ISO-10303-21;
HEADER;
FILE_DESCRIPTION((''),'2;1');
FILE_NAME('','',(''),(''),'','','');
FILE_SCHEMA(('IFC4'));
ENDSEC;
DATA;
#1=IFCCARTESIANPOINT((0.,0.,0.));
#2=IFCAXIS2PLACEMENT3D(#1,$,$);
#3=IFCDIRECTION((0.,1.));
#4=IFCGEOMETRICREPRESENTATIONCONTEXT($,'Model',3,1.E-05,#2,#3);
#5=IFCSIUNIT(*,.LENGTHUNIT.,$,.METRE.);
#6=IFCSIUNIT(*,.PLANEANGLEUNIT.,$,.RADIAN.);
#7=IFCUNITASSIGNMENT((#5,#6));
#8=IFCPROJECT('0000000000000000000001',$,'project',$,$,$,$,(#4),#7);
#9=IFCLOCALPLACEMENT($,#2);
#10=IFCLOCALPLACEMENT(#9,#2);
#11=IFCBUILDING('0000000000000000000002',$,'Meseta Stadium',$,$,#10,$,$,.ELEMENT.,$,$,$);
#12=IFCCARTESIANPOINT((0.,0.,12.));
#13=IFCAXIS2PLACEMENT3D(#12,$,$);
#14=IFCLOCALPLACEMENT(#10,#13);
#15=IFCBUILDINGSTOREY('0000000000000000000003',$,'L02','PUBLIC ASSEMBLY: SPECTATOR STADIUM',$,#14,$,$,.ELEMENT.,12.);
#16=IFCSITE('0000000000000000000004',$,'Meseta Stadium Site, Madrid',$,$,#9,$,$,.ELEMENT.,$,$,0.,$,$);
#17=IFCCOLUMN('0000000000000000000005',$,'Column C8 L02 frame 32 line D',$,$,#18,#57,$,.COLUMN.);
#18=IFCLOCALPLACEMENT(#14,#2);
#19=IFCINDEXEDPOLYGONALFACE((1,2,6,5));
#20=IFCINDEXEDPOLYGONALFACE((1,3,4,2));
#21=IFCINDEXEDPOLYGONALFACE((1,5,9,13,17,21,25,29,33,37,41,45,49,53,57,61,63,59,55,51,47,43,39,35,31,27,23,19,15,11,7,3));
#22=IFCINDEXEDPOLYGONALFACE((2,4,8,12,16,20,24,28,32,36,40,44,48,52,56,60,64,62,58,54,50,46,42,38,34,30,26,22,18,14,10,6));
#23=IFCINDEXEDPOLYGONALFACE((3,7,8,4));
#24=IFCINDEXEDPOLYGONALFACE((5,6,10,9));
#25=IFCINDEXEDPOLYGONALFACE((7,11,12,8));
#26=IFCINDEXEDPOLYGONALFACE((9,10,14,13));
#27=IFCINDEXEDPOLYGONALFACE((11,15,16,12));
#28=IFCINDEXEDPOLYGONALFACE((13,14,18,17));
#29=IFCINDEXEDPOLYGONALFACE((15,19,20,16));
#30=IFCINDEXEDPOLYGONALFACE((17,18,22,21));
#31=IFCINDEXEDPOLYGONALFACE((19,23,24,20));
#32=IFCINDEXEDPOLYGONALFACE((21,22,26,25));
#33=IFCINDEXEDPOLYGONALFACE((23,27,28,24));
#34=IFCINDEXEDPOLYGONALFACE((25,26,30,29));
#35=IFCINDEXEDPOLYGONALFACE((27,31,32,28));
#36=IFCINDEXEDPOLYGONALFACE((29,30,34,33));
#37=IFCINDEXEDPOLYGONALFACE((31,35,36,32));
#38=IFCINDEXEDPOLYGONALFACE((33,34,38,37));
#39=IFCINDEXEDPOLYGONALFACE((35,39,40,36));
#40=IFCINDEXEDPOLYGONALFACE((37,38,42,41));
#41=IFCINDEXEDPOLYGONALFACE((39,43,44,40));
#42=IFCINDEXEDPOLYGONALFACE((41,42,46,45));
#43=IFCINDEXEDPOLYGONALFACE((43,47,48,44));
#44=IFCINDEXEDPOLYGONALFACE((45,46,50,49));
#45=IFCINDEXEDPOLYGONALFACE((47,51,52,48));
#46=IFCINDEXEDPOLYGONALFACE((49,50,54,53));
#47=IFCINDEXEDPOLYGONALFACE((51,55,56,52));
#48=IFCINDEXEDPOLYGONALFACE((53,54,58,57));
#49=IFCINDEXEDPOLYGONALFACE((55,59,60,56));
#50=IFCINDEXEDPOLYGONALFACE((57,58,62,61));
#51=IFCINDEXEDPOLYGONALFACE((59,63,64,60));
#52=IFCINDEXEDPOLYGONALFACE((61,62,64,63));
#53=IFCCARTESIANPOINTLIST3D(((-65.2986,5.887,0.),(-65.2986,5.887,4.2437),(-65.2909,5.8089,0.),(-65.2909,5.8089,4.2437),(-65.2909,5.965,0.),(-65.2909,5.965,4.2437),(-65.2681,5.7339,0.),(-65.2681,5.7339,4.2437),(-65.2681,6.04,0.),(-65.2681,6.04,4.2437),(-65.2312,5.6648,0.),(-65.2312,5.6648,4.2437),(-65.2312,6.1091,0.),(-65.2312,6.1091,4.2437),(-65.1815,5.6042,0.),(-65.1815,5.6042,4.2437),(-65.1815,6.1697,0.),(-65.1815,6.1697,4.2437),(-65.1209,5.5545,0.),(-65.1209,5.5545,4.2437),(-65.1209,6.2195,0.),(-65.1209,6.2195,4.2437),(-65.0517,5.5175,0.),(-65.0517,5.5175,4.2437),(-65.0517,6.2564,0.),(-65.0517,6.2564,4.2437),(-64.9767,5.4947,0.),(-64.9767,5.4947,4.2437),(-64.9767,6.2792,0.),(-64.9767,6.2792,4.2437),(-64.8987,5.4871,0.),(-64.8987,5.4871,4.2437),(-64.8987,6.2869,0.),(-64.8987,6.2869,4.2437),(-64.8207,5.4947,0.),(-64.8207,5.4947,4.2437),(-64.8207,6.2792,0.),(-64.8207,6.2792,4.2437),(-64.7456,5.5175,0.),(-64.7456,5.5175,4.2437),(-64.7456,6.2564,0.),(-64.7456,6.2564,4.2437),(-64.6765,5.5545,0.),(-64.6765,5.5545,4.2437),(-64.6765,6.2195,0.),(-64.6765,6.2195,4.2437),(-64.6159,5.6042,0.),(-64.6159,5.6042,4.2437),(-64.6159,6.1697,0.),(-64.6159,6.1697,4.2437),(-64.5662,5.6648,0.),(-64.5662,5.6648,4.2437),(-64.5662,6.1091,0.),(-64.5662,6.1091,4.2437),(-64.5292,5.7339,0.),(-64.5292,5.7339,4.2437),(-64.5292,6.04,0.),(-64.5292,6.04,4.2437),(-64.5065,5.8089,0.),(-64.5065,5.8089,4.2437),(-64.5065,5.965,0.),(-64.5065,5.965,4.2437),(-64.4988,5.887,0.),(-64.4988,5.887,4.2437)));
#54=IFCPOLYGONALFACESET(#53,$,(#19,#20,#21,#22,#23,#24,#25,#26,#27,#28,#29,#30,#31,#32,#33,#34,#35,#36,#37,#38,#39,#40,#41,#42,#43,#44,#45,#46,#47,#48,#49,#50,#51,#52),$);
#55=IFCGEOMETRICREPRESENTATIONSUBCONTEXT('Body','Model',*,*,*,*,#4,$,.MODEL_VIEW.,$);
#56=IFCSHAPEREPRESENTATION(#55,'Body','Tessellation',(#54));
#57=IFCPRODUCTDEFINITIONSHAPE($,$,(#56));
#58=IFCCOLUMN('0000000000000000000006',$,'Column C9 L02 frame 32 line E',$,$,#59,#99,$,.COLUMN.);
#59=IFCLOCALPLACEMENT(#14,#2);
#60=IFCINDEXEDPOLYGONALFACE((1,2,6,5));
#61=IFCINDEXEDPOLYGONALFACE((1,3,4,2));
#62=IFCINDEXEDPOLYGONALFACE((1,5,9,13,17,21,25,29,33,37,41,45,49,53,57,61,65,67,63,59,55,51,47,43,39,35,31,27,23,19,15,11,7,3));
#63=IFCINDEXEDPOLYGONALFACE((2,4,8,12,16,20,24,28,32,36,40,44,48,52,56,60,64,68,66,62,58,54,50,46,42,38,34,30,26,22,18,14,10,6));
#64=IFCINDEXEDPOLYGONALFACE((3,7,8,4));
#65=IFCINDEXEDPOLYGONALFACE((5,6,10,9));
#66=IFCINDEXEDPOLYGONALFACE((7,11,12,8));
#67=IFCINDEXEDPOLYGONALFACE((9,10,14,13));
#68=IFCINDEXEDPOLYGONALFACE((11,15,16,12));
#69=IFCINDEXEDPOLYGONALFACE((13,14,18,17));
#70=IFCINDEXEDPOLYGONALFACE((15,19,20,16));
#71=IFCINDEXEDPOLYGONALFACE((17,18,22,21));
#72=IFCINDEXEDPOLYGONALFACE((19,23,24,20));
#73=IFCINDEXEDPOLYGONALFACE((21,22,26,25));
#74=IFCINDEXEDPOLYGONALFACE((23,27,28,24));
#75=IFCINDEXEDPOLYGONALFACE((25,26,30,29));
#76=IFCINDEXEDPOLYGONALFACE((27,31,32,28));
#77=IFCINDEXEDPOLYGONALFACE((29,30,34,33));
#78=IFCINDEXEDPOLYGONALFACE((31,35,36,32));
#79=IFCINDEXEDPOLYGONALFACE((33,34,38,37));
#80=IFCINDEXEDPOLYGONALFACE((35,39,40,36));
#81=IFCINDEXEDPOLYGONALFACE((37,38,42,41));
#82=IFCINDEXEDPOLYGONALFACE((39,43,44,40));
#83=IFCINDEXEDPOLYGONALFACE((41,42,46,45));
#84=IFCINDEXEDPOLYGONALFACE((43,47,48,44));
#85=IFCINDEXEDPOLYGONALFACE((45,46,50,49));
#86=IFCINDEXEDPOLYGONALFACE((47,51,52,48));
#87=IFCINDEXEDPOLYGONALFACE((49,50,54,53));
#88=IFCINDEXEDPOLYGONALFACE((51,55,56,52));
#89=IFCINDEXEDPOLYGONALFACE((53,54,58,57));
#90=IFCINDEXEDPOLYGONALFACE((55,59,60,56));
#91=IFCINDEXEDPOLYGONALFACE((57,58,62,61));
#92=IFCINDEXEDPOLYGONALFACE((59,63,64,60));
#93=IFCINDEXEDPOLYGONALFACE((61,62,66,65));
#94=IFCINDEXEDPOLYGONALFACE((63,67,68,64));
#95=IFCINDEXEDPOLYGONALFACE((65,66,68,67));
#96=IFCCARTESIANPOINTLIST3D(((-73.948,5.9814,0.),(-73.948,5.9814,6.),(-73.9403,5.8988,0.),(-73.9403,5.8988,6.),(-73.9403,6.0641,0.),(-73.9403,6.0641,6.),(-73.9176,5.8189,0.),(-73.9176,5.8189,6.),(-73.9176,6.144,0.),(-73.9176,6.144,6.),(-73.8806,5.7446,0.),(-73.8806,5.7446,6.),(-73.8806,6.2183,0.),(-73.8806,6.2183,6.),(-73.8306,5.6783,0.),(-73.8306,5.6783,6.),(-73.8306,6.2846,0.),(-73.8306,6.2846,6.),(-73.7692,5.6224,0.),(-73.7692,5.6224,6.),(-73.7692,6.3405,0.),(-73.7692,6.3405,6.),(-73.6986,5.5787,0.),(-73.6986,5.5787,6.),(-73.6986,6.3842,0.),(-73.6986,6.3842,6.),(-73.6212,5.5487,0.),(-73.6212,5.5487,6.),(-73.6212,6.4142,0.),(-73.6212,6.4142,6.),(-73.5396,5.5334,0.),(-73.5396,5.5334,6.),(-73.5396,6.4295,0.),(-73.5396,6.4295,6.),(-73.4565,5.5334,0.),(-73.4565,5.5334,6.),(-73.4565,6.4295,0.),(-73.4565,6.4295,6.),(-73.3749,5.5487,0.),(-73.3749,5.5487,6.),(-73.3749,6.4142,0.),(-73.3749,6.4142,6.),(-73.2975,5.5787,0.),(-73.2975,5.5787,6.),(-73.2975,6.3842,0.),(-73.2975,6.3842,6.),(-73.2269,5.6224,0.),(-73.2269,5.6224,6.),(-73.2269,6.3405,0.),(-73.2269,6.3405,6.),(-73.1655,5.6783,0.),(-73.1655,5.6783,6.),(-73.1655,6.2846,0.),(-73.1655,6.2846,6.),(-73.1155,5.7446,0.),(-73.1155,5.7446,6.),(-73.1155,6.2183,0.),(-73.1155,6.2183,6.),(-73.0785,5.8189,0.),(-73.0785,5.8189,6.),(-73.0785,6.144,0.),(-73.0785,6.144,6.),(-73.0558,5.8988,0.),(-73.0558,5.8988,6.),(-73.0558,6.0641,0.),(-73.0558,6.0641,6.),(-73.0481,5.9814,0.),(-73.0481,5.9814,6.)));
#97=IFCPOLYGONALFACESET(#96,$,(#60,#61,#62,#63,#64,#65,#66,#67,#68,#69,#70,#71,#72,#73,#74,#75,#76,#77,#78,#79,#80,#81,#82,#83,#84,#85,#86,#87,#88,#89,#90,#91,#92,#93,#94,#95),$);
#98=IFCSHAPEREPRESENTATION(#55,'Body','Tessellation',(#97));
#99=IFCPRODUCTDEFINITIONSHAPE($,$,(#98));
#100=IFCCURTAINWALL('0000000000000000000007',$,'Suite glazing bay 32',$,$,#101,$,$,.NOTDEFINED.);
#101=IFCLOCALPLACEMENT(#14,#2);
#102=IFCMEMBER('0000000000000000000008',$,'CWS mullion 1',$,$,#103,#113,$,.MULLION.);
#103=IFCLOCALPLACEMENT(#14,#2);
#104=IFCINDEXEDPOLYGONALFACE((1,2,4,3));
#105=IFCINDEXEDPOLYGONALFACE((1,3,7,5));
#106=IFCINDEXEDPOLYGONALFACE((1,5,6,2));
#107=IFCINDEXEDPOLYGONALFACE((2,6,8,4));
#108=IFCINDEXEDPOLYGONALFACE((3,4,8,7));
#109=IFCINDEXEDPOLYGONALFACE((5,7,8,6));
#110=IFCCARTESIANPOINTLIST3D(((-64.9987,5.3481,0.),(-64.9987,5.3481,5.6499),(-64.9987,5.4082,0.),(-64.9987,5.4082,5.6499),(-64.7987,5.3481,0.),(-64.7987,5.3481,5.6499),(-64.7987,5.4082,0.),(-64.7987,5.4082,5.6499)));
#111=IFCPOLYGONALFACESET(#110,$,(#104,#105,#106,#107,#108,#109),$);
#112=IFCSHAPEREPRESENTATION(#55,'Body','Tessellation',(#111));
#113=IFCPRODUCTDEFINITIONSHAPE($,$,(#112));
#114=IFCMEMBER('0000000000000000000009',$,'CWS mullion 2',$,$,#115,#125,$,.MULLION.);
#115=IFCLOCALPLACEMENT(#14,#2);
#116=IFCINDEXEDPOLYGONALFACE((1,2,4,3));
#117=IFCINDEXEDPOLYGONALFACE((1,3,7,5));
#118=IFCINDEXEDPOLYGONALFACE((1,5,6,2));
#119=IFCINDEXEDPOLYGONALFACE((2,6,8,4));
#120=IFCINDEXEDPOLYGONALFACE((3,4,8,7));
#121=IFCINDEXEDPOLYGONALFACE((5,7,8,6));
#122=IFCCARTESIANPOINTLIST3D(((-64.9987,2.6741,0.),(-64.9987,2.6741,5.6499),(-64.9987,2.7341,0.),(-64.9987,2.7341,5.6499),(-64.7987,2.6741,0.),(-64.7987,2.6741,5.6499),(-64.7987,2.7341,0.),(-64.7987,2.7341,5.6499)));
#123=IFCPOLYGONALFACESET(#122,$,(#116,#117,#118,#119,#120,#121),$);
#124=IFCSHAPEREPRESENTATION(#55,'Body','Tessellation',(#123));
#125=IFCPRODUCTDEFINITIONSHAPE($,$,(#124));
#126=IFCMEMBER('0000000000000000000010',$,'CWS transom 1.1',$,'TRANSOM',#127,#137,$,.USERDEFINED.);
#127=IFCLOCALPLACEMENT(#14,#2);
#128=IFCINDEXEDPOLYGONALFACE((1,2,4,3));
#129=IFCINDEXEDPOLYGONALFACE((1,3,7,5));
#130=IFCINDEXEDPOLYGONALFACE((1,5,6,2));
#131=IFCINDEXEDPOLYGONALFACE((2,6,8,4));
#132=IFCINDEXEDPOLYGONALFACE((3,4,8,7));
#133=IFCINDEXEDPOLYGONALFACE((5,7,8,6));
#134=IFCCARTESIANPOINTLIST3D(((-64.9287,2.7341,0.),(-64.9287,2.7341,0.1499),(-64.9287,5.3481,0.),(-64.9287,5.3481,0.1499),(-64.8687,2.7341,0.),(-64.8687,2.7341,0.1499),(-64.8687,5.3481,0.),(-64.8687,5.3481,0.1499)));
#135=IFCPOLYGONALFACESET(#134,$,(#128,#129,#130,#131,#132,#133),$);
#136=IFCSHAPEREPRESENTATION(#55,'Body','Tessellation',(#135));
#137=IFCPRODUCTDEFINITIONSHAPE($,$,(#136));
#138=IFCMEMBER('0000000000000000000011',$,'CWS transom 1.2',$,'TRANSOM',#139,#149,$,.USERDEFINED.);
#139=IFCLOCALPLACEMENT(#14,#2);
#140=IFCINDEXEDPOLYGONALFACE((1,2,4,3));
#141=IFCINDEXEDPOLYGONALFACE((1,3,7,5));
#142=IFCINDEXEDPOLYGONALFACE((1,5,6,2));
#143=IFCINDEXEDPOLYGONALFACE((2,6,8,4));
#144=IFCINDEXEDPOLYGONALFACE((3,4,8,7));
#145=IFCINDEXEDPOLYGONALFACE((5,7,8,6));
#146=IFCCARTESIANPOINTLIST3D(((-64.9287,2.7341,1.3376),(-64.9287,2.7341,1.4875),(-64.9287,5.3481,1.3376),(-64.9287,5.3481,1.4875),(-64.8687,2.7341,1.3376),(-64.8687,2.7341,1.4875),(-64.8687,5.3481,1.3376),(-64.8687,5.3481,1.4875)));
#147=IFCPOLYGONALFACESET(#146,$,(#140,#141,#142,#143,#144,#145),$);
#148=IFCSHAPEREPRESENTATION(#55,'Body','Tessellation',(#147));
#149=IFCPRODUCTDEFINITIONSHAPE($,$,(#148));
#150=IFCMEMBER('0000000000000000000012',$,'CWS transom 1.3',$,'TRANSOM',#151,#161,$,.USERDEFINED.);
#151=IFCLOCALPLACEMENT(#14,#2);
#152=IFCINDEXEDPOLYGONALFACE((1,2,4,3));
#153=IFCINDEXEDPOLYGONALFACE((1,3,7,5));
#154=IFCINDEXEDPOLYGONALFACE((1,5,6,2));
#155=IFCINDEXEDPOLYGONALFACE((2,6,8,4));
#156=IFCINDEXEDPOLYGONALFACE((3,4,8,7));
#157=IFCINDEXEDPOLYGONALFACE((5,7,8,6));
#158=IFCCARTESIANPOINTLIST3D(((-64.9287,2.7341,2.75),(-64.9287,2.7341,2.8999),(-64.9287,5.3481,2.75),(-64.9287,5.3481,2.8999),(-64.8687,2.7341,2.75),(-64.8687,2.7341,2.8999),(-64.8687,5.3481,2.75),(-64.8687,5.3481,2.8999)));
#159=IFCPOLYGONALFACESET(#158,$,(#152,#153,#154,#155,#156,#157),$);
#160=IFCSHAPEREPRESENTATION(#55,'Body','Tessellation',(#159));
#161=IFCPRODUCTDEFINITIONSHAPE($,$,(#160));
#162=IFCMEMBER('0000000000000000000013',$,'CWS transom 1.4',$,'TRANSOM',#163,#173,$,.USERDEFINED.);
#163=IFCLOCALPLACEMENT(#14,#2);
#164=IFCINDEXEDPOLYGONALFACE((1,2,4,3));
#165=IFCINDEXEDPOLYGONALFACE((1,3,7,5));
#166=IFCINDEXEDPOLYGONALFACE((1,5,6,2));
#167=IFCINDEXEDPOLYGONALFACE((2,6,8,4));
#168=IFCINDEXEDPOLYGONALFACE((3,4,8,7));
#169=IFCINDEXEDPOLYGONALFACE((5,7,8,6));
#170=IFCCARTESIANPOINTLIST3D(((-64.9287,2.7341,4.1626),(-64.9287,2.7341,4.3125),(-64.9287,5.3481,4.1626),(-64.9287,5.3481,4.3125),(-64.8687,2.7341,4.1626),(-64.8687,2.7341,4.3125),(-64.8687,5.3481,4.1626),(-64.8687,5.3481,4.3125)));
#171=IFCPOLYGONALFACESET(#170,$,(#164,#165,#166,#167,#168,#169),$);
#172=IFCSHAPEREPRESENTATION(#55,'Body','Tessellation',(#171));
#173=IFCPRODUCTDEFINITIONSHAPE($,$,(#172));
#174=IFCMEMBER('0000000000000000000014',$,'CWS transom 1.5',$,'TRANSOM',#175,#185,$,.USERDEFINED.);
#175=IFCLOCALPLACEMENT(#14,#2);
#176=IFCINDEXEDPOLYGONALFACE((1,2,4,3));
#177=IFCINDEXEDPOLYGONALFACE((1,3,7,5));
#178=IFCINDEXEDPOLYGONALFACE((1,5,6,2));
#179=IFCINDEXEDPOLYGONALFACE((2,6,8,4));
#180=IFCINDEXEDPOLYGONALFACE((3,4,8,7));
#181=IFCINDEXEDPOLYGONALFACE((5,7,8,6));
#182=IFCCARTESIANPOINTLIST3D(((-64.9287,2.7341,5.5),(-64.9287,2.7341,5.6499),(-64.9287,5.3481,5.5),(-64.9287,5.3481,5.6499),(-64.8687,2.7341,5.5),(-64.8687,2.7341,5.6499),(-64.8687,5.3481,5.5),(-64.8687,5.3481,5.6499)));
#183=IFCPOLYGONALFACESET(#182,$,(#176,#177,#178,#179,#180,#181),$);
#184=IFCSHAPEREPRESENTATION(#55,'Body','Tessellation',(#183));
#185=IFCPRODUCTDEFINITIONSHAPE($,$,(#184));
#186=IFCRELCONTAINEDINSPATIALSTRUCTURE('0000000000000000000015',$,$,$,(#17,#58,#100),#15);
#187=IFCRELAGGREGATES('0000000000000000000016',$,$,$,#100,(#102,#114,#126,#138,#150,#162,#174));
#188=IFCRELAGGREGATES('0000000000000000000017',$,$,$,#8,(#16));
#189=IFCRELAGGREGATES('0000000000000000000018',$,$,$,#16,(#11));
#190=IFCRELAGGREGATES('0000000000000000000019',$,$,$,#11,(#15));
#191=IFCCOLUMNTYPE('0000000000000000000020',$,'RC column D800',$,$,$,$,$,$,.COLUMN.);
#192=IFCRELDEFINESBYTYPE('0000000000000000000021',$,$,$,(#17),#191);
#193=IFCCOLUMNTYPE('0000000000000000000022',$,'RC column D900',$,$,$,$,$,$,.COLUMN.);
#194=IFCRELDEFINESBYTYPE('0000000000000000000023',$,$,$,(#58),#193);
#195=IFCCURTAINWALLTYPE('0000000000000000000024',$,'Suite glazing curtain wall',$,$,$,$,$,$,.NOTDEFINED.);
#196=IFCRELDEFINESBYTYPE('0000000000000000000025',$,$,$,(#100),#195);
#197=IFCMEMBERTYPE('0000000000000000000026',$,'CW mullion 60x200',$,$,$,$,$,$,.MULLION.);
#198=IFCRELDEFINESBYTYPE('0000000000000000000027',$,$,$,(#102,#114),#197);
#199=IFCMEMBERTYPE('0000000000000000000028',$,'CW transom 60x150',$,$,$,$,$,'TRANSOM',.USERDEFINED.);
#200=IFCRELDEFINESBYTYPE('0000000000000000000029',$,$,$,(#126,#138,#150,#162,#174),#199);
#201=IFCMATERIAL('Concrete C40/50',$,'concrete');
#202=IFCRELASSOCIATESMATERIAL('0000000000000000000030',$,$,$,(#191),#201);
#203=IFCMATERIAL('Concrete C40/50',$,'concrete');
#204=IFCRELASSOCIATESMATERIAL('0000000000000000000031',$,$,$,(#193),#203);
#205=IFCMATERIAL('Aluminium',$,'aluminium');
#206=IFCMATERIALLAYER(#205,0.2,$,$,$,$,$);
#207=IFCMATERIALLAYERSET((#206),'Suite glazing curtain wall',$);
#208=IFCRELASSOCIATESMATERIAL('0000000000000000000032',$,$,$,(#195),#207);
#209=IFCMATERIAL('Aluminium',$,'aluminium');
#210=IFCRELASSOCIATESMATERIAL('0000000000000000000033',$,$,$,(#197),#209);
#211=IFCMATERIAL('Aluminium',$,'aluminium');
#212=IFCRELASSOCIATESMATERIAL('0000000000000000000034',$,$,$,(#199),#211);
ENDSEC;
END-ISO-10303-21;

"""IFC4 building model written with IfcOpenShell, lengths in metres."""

from ifc_helpers import new_model, si_unit, direction, frame, origin, origin_2d, place, context, subcontext, project, spatial, rectangle, circle, extrude, material, layer, layer_set, material_profile, profile_set, type_object, element, aggregate, save


model = new_model("IFC4")

# Units and contexts
model_context = context("Model", 3, precision=1e-05, world=origin(), true_north=direction((0.0, 1.0)))
body_context = subcontext(model_context, "Body", "Model", "MODEL_VIEW")
ifc_project = project(units=[si_unit("LENGTHUNIT", "METRE"), si_unit("PLANEANGLEUNIT", "RADIAN")], contexts=[model_context])

# Site, building, storey
site_placement = place(None, origin())
site = spatial("IfcSite", under=ifc_project, at=site_placement, Name="Meseta Stadium Site, Madrid", CompositionType="ELEMENT", RefElevation=0.0)
building_placement = place(site_placement, origin())
building = spatial("IfcBuilding", under=site, at=building_placement, Name="Meseta Stadium", CompositionType="ELEMENT")
storey_placement = place(building_placement, frame((0.0, 0.0, 12.0)))
storey = spatial("IfcBuildingStorey", under=building, at=storey_placement, Name="L02", Description="PUBLIC ASSEMBLY: SPECTATOR STADIUM", CompositionType="ELEMENT", Elevation=12.0)

# Columns
ifc_material_1 = material(Name="Concrete C40/50", Category="concrete")
ifc_material_profile_1 = material_profile(ifc_material_1, circle(Radius=0.3999, at=origin_2d()), Name="RC D800")
ifc_profile_set_1 = profile_set([ifc_material_profile_1], Name="Concrete C40/50")
column_type_1 = type_object("IfcColumnType", Name="RC column D800", PredefinedType="COLUMN", material=ifc_profile_set_1)
column_1_placement = place(storey_placement, frame((-64.8987, 5.887, 0.0), z_axis=(0.0, 0.0, 1.0), x_axis=(1.0, 0.0, 0.0)))
element("IfcColumn", 1, at=column_1_placement, inside=storey, type_object=column_type_1, Name="Column C8 L02 frame 32 line D", PredefinedType="COLUMN", context=body_context, shape_type="SweptSolid", body=[
    extrude(circle(Radius=0.3999, at=origin_2d()), origin(), (0.0, 0.0, 1.0), 4.2437),
])
ifc_material_2 = material(Name="Concrete C40/50", Category="concrete")
ifc_material_profile_2 = material_profile(ifc_material_2, circle(Radius=0.45, at=origin_2d()), Name="RC D900")
ifc_profile_set_2 = profile_set([ifc_material_profile_2], Name="Concrete C40/50")
column_type_2 = type_object("IfcColumnType", Name="RC column D900", PredefinedType="COLUMN", material=ifc_profile_set_2)
column_2_placement = place(storey_placement, frame((-73.498, 5.9814, 0.0), z_axis=(0.0, 0.0, 1.0), x_axis=(1.0, 0.0, 0.0)))
element("IfcColumn", 2, at=column_2_placement, inside=storey, type_object=column_type_2, Name="Column C9 L02 frame 32 line E", PredefinedType="COLUMN", context=body_context, shape_type="SweptSolid", body=[
    extrude(circle(Radius=0.45, at=origin_2d()), origin(), (0.0, 0.0, 1.0), 6.0),
])

# Curtain wall, members
ifc_material_3 = material(Name="Aluminium", Category="aluminium")
ifc_layer_1 = layer(ifc_material_3, 0.2)
ifc_layer_set_1 = layer_set([ifc_layer_1], Name="Suite glazing curtain wall")
curtain_wall_type = type_object("IfcCurtainWallType", Name="Suite glazing curtain wall", PredefinedType="NOTDEFINED", material=ifc_layer_set_1)
curtain_wall_placement = place(storey_placement, origin())
curtain_wall = element("IfcCurtainWall", 3, at=curtain_wall_placement, inside=storey, type_object=curtain_wall_type, Name="Suite glazing bay 32", PredefinedType="NOTDEFINED")
ifc_material_4 = material(Name="Aluminium", Category="aluminium")
ifc_material_profile_3 = material_profile(ifc_material_4, rectangle(XDim=0.2, YDim=0.0601, at=origin_2d()), Name="CW 200x60")
ifc_profile_set_3 = profile_set([ifc_material_profile_3], Name="Aluminium")
member_type_1 = type_object("IfcMemberType", Name="CW mullion 60x200", PredefinedType="MULLION", material=ifc_profile_set_3)
member_1_placement = place(storey_placement, frame((-64.8987, 5.3782, 0.0), z_axis=(0.0, 0.0, 1.0), x_axis=(1.0, 0.0, 0.0)))
member_1 = element("IfcMember", 4, at=member_1_placement, type_object=member_type_1, Name="CWS mullion 1", PredefinedType="MULLION", context=body_context, shape_type="SweptSolid", body=[
    extrude(rectangle(XDim=0.2, YDim=0.0601, at=origin_2d()), origin(), (0.0, 0.0, 1.0), 5.6499),
])
member_2_placement = place(storey_placement, frame((-64.8987, 2.7041, 0.0), z_axis=(0.0, 0.0, 1.0), x_axis=(1.0, 0.0, 0.0)))
member_2 = element("IfcMember", 5, at=member_2_placement, type_object=member_type_1, Name="CWS mullion 2", PredefinedType="MULLION", context=body_context, shape_type="SweptSolid", body=[
    extrude(rectangle(XDim=0.2, YDim=0.0601, at=origin_2d()), origin(), (0.0, 0.0, 1.0), 5.6499),
])
ifc_material_5 = material(Name="Aluminium", Category="aluminium")
ifc_material_profile_4 = material_profile(ifc_material_5, rectangle(XDim=0.0601, YDim=0.1499, at=origin_2d()), Name="CW 60x150")
ifc_profile_set_4 = profile_set([ifc_material_profile_4], Name="Aluminium")
member_type_2 = type_object("IfcMemberType", Name="CW transom 60x150", ElementType="TRANSOM", PredefinedType="USERDEFINED", material=ifc_profile_set_4)
member_3_placement = place(storey_placement, frame((-64.8987, 5.3481, 0.075), z_axis=(0.0, -1.0, 0.0), x_axis=(1.0, 0.0, 0.0)))
member_3 = element("IfcMember", 6, at=member_3_placement, type_object=member_type_2, Name="CWS transom 1.1", ObjectType="TRANSOM", PredefinedType="USERDEFINED", context=body_context, shape_type="SweptSolid", body=[
    extrude(rectangle(XDim=0.0601, YDim=0.1499, at=origin_2d()), origin(), (0.0, 0.0, 1.0), 2.614),
])
member_4_placement = place(storey_placement, frame((-64.8987, 5.3481, 1.4126), z_axis=(0.0, -1.0, 0.0), x_axis=(1.0, 0.0, 0.0)))
member_4 = element("IfcMember", 7, at=member_4_placement, type_object=member_type_2, Name="CWS transom 1.2", ObjectType="TRANSOM", PredefinedType="USERDEFINED", context=body_context, shape_type="SweptSolid", body=[
    extrude(rectangle(XDim=0.0601, YDim=0.1499, at=origin_2d()), origin(), (0.0, 0.0, 1.0), 2.614),
])
member_5_placement = place(storey_placement, frame((-64.8987, 5.3481, 2.825), z_axis=(0.0, -1.0, 0.0), x_axis=(1.0, 0.0, 0.0)))
member_5 = element("IfcMember", 8, at=member_5_placement, type_object=member_type_2, Name="CWS transom 1.3", ObjectType="TRANSOM", PredefinedType="USERDEFINED", context=body_context, shape_type="SweptSolid", body=[
    extrude(rectangle(XDim=0.0601, YDim=0.1499, at=origin_2d()), origin(), (0.0, 0.0, 1.0), 2.614),
])
member_6_placement = place(storey_placement, frame((-64.8987, 5.3481, 4.2375), z_axis=(0.0, -1.0, 0.0), x_axis=(1.0, 0.0, 0.0)))
member_6 = element("IfcMember", 9, at=member_6_placement, type_object=member_type_2, Name="CWS transom 1.4", ObjectType="TRANSOM", PredefinedType="USERDEFINED", context=body_context, shape_type="SweptSolid", body=[
    extrude(rectangle(XDim=0.0601, YDim=0.1499, at=origin_2d()), origin(), (0.0, 0.0, 1.0), 2.614),
])
member_7_placement = place(storey_placement, frame((-64.8987, 5.3481, 5.575), z_axis=(0.0, -1.0, 0.0), x_axis=(1.0, 0.0, 0.0)))
member_7 = element("IfcMember", 10, at=member_7_placement, type_object=member_type_2, Name="CWS transom 1.5", ObjectType="TRANSOM", PredefinedType="USERDEFINED", context=body_context, shape_type="SweptSolid", body=[
    extrude(rectangle(XDim=0.0601, YDim=0.1499, at=origin_2d()), origin(), (0.0, 0.0, 1.0), 2.614),
])

aggregate(curtain_wall, [member_1, member_2, member_3, member_4, member_5, member_6, member_7])

save(model, "model.ifc")
